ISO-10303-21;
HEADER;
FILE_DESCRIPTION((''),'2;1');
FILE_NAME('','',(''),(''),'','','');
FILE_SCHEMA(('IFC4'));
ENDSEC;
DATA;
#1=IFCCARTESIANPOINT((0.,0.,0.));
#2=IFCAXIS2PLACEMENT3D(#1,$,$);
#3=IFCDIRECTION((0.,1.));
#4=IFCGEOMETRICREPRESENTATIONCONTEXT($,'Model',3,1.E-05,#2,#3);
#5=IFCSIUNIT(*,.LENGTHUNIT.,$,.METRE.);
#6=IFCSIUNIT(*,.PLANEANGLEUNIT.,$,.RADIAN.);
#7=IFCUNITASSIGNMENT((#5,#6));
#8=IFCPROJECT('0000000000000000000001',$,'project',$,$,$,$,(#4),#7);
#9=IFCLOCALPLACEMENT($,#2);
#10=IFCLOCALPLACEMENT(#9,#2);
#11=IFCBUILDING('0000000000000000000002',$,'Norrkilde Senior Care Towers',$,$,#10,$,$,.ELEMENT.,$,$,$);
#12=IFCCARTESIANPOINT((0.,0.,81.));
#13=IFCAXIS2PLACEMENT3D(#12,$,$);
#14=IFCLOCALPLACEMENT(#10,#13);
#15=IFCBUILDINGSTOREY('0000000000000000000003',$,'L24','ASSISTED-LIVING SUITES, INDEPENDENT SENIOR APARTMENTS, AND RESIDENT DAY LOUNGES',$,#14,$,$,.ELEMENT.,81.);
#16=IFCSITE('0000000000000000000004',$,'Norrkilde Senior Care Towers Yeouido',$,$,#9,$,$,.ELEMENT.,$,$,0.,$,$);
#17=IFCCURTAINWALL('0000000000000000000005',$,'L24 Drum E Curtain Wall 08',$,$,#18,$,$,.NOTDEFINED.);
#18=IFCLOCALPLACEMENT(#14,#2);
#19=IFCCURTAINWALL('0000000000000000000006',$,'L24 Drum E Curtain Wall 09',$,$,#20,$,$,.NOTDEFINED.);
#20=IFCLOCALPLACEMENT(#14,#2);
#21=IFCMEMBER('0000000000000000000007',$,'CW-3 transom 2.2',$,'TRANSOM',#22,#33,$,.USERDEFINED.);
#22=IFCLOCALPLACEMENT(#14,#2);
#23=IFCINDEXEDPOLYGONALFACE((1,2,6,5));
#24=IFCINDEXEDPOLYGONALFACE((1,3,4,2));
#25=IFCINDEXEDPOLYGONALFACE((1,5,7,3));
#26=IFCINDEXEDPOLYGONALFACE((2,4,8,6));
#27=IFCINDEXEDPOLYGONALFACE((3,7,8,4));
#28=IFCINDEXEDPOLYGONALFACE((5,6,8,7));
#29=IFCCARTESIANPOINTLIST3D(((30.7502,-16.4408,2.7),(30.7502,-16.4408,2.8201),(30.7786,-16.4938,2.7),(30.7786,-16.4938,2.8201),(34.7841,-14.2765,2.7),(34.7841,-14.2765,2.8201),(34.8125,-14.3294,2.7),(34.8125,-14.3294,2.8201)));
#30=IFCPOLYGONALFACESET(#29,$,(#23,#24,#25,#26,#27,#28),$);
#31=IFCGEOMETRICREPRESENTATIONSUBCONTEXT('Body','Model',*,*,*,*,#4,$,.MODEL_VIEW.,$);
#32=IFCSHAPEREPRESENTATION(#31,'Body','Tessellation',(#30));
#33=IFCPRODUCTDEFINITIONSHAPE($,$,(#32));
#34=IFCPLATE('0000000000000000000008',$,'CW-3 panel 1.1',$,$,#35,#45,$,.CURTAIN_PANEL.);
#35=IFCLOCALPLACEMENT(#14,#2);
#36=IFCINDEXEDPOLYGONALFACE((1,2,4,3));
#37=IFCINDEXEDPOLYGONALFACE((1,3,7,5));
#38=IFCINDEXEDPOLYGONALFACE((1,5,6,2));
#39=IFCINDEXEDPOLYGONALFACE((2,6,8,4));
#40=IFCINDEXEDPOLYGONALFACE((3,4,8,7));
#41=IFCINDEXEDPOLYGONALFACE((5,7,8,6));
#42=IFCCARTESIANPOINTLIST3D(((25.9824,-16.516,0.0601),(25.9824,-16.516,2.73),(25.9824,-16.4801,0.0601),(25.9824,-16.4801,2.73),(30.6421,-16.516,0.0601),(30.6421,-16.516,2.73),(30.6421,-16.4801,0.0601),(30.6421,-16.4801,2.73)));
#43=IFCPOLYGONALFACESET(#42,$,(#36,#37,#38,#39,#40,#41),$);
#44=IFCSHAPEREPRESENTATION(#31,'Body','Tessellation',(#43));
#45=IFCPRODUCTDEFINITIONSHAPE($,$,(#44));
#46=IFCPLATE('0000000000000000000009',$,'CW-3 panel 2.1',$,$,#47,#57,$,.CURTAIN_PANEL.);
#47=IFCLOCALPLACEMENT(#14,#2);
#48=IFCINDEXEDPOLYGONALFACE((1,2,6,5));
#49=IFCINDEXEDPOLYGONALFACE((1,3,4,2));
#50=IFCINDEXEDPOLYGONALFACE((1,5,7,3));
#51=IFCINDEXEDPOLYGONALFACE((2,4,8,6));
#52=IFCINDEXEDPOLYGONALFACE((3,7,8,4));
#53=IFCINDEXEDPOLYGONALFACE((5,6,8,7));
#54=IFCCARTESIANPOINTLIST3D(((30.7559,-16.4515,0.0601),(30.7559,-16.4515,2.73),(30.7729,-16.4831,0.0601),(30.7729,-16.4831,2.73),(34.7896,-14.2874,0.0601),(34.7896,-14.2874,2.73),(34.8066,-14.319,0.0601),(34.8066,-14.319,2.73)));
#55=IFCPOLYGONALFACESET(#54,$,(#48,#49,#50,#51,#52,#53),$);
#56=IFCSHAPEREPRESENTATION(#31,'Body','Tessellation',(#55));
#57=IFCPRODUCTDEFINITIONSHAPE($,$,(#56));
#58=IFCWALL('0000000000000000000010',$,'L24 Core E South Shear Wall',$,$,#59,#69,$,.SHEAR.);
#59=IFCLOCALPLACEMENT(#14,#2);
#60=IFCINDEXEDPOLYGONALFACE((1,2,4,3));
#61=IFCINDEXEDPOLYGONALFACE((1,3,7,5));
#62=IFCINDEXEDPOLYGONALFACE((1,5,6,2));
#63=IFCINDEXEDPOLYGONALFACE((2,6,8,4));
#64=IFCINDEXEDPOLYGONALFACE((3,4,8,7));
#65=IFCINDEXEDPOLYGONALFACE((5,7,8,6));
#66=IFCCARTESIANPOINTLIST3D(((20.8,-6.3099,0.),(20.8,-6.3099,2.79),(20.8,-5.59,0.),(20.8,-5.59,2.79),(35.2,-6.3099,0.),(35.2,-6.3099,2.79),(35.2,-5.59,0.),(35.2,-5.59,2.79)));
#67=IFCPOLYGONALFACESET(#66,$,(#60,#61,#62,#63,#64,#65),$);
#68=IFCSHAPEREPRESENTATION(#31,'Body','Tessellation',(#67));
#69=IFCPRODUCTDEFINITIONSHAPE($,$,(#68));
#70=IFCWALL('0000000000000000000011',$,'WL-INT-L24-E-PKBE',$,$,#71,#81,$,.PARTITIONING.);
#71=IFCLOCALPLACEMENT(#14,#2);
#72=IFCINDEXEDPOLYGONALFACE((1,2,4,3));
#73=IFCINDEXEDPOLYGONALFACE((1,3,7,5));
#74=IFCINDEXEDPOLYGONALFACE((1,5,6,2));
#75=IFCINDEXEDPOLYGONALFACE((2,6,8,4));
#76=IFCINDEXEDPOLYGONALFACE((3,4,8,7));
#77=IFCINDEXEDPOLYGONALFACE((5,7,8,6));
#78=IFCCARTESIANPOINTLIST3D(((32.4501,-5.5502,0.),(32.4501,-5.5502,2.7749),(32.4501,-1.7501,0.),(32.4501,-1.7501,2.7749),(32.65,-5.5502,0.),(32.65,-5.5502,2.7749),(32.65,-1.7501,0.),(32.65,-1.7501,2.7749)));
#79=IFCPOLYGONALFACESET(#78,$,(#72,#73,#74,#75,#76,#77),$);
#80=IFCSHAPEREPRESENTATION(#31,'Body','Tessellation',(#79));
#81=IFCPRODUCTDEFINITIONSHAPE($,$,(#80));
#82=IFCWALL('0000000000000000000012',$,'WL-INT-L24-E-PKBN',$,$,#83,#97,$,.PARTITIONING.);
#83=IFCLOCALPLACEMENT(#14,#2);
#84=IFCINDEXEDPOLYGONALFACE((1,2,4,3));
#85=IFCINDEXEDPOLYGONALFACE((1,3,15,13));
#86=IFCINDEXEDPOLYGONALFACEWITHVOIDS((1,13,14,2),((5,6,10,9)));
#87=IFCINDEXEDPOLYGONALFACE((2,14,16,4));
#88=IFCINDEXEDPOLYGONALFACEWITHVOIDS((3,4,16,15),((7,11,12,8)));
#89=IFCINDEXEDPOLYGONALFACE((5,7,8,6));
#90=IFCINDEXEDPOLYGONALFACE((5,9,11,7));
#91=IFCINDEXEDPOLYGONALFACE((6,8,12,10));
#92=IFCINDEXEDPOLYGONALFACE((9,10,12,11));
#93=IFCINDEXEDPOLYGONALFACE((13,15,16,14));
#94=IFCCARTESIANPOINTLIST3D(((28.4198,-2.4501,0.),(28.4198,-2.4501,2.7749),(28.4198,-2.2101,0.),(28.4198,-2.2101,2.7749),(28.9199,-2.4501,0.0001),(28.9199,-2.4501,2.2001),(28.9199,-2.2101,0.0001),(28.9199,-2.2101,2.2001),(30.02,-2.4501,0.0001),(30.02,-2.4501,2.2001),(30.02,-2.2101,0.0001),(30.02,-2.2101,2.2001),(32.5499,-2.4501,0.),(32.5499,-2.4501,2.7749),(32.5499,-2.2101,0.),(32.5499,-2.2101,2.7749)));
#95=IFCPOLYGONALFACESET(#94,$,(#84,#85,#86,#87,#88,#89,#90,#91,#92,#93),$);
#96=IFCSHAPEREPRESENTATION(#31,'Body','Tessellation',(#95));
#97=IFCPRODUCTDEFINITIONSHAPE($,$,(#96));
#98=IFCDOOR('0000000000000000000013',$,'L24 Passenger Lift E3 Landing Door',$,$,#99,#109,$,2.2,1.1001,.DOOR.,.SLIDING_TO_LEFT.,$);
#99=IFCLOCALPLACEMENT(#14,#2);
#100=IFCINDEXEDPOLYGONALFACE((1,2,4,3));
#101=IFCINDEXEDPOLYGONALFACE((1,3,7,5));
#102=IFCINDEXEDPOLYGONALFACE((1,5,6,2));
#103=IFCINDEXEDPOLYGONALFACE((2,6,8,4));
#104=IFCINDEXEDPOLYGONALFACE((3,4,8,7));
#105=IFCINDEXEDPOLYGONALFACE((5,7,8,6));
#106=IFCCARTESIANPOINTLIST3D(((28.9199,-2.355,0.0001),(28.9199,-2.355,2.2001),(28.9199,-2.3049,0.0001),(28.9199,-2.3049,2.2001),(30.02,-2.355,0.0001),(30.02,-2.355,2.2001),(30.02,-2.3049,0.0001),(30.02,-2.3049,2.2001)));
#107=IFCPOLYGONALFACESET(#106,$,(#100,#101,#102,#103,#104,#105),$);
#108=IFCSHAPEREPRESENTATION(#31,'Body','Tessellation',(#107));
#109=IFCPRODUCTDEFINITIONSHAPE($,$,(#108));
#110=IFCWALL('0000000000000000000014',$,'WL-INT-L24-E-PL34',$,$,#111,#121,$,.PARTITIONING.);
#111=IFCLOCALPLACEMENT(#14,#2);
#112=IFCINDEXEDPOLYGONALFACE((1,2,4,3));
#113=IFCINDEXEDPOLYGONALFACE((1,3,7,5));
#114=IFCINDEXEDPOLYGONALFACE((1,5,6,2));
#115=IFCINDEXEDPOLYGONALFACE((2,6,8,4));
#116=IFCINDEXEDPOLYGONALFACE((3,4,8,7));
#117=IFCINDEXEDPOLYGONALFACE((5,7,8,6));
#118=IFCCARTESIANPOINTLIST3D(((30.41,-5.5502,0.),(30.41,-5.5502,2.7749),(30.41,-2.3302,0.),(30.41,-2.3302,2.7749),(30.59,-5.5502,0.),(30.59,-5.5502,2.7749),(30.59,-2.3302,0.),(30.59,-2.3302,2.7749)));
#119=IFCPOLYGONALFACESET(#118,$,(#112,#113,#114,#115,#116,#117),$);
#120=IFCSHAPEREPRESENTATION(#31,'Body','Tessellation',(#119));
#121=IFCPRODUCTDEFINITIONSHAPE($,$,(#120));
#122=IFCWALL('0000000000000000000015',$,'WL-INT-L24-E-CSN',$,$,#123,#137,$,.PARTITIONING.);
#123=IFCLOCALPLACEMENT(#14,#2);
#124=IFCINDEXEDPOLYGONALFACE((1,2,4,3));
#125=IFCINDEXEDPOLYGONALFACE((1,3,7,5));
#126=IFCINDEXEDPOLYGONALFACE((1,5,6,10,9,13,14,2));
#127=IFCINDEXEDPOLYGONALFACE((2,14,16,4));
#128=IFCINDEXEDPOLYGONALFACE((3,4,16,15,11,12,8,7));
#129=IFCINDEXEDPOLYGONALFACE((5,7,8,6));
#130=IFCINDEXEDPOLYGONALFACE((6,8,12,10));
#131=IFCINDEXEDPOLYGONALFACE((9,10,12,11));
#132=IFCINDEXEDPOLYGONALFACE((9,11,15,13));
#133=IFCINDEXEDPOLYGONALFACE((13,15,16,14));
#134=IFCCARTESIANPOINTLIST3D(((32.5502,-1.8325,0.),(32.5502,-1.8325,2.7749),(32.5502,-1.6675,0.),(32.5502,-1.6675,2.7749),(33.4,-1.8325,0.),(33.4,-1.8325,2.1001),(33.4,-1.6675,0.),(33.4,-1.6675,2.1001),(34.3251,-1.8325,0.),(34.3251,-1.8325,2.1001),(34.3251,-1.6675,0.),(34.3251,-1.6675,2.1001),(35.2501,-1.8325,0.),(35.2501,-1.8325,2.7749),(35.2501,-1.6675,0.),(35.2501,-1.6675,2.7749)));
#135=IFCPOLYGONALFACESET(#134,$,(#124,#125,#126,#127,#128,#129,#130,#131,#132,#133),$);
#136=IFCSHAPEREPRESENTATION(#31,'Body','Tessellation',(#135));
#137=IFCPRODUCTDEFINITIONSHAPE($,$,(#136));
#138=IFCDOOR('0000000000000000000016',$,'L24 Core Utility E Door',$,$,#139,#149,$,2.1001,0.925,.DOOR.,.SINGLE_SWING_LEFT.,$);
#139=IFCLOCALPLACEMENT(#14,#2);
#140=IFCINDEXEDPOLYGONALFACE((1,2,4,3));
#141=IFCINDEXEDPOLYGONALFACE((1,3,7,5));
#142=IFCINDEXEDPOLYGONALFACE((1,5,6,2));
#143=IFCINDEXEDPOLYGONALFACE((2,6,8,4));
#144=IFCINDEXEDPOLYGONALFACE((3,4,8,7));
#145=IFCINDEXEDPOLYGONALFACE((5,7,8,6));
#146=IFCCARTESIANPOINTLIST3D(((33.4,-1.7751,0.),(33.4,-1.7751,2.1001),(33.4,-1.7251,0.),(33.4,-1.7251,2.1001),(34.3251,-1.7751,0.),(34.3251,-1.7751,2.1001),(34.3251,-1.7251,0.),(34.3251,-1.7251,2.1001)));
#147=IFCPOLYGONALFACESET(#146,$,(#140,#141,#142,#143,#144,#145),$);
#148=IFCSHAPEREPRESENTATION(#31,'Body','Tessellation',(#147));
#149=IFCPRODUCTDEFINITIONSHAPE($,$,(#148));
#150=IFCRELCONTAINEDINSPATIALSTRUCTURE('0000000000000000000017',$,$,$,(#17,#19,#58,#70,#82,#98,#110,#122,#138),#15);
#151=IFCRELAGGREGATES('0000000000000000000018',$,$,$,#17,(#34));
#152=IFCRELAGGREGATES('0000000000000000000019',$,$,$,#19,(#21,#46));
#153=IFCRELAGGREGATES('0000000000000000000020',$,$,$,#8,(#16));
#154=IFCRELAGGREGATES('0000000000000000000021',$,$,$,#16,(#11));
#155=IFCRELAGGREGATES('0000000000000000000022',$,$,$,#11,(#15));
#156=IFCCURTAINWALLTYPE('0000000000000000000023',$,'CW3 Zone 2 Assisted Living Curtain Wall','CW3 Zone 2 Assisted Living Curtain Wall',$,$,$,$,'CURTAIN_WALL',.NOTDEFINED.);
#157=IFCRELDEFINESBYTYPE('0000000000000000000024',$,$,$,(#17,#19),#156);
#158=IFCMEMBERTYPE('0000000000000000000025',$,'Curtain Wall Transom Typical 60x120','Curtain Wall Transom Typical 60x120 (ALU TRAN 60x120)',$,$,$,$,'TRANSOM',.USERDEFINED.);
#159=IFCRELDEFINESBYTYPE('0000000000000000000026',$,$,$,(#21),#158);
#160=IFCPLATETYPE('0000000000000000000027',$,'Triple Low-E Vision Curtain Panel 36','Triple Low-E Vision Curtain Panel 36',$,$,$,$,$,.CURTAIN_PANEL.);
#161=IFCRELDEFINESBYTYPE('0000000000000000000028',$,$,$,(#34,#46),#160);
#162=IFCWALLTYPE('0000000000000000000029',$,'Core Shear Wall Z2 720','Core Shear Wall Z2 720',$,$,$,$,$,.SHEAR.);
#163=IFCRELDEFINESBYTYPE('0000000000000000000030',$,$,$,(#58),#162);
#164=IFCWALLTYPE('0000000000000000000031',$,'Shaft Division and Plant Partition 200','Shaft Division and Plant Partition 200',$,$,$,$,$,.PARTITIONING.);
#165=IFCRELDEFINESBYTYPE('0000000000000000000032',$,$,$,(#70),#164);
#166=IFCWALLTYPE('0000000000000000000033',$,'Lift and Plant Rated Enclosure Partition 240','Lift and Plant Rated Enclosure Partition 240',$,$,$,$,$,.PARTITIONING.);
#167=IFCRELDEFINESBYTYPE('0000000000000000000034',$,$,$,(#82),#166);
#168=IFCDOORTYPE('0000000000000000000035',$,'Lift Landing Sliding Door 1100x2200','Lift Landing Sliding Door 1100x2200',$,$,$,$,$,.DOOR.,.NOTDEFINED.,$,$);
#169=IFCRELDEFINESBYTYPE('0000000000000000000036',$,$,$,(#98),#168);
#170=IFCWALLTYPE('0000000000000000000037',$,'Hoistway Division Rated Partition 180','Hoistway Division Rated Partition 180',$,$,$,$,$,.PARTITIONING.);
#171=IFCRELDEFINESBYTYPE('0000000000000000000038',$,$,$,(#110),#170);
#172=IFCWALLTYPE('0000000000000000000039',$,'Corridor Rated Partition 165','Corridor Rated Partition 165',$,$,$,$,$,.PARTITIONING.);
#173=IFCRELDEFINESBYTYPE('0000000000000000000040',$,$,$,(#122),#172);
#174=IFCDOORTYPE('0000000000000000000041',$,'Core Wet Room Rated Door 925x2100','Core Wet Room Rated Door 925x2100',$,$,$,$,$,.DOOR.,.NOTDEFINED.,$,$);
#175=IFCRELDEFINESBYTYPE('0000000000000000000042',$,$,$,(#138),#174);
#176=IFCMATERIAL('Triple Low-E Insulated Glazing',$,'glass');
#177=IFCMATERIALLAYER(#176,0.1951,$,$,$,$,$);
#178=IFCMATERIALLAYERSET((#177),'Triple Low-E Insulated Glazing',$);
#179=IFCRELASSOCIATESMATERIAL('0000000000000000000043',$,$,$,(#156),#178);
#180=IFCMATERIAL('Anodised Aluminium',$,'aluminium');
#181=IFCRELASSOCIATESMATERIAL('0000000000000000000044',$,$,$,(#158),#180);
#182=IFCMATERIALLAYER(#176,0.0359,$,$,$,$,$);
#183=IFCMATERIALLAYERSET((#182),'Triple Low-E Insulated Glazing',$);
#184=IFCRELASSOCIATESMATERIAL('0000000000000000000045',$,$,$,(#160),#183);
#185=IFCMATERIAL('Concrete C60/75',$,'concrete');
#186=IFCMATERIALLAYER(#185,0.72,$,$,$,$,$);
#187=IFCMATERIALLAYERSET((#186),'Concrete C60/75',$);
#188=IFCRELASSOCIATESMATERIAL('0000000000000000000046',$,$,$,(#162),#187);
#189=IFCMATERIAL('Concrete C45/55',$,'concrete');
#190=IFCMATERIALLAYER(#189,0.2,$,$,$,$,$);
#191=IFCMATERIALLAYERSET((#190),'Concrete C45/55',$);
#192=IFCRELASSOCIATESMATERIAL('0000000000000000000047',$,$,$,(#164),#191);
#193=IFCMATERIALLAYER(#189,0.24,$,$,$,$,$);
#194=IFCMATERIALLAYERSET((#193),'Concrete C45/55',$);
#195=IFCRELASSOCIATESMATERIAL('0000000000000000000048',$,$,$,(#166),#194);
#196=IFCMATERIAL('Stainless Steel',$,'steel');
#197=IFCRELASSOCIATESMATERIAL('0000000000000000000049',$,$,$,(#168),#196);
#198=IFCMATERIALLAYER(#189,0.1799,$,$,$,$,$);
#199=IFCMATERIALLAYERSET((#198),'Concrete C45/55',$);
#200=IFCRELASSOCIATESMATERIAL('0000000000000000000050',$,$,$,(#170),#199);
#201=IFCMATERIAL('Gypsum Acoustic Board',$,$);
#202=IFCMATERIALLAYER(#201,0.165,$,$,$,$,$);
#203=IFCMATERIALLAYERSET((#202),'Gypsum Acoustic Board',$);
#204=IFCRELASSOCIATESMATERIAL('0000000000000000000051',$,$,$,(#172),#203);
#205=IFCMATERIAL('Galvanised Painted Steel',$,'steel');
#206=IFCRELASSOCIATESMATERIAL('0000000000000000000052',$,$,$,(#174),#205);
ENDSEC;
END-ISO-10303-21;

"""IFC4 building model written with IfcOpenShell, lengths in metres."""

from ifc_helpers import new_model, si_unit, direction, frame, frame_2d, origin, origin_2d, place, context, subcontext, project, spatial, rectangle, extrude, source, transform, mapped, material, layer, layer_set, material_profile, profile_set, type_object, type_shapes, element, fill, aggregate, save


model = new_model("IFC4")

# Units and contexts
model_context = context("Model", 3, precision=1e-05, world=origin(), true_north=direction((0.0, 1.0)))
body_context = subcontext(model_context, "Body", "Model", "MODEL_VIEW")
ifc_project = project(units=[si_unit("LENGTHUNIT", "METRE"), si_unit("PLANEANGLEUNIT", "RADIAN")], contexts=[model_context])

# Site, building, storey
site_placement = place(None, origin())
site = spatial("IfcSite", under=ifc_project, at=site_placement, Name="Norrkilde Senior Care Towers Yeouido", CompositionType="ELEMENT", RefElevation=0.0)
building_placement = place(site_placement, origin())
building = spatial("IfcBuilding", under=site, at=building_placement, Name="Norrkilde Senior Care Towers", CompositionType="ELEMENT")
storey_placement = place(building_placement, frame((0.0, 0.0, 81.0)))
storey = spatial("IfcBuildingStorey", under=building, at=storey_placement, Name="L24", Description="ASSISTED-LIVING SUITES, INDEPENDENT SENIOR APARTMENTS, AND RESIDENT DAY LOUNGES", CompositionType="ELEMENT", Elevation=81.0)

# Shared definitions
ifc_material_1 = material(Name="Concrete C60/75", Category="concrete")

# Curtain wall
ifc_material_2 = material(Name="Triple Low-E Insulated Glazing", Category="glass")
ifc_layer_1 = layer(ifc_material_2, 0.1951)
ifc_layer_set_1 = layer_set([ifc_layer_1], Name="Triple Low-E Insulated Glazing")
curtain_wall_type = type_object("IfcCurtainWallType", Name="CW3 Zone 2 Assisted Living Curtain Wall", Description="CW3 Zone 2 Assisted Living Curtain Wall", ElementType="CURTAIN_WALL", PredefinedType="NOTDEFINED", material=ifc_layer_set_1)
curtain_wall_1_placement = place(storey_placement, origin())
curtain_wall_1 = element("IfcCurtainWall", 1, at=curtain_wall_1_placement, inside=storey, type_object=curtain_wall_type, Name="L24 Drum E Curtain Wall 08", PredefinedType="NOTDEFINED")
ifc_material_3 = material(Name="Anodised Aluminium", Category="aluminium")

# Curtain wall
curtain_wall_2_placement = place(storey_placement, origin())
curtain_wall_2 = element("IfcCurtainWall", 2, at=curtain_wall_2_placement, inside=storey, type_object=curtain_wall_type, Name="L24 Drum E Curtain Wall 09", PredefinedType="NOTDEFINED")

# Member
ifc_material_profile_1 = material_profile(ifc_material_3, rectangle(XDim=0.0601, YDim=0.1201, at=origin_2d()), Name="ALU TRAN 60x120")
ifc_profile_set_1 = profile_set([ifc_material_profile_1], Name="Anodised Aluminium")
member_type_1 = type_object("IfcMemberType", Name="Curtain Wall Transom Typical 60x120", Description="Curtain Wall Transom Typical 60x120 (ALU TRAN 60x120)", ElementType="TRANSOM", PredefinedType="USERDEFINED", material=ifc_profile_set_1)
shared_shape_1 = source(origin(), body_context, "Body", "SweptSolid", [
    extrude(rectangle(XDim=0.0601, YDim=0.1201, at=origin_2d()), origin(), (0.0, 0.0, 1.0), 4.5779),
])
member_1_placement = place(storey_placement, frame((34.7983, -14.303, 2.76), z_axis=(-0.881182, -0.472776, 0.0), x_axis=(0.472776, -0.881182, 0.0)))
member_1 = element("IfcMember", 3, at=member_1_placement, type_object=member_type_1, Name="CW-3 transom 2.2", ObjectType="TRANSOM", PredefinedType="USERDEFINED", context=body_context, shape_type="MappedRepresentation", body=[
    mapped(shared_shape_1, transform((0.0, 0.0, 0.0), x_axis=(1.0, 0.0, 0.0), y_axis=(0.0, 1.0, 0.0), z_axis=(0.0, 0.0, 1.0), scale=1.0)),
])

# Plates
ifc_layer_2 = layer(ifc_material_2, 0.0359)
ifc_layer_set_2 = layer_set([ifc_layer_2], Name="Triple Low-E Insulated Glazing")
plate_type = type_object("IfcPlateType", Name="Triple Low-E Vision Curtain Panel 36", Description="Triple Low-E Vision Curtain Panel 36", PredefinedType="CURTAIN_PANEL", material=ifc_layer_set_2)
shared_shape_2 = source(origin(), body_context, "Body", "SweptSolid", [
    extrude(rectangle(XDim=4.6597, YDim=0.0359, at=origin_2d()), origin(), (0.0, 0.0, 1.0), 2.6699),
])
plate_1_placement = place(storey_placement, frame((28.3123, -16.498, 0.0601), z_axis=(0.0, 0.0, 1.0), x_axis=(-1.0, 0.0, 0.0)))
plate_1 = element("IfcPlate", 4, at=plate_1_placement, type_object=plate_type, Name="CW-3 panel 1.1", PredefinedType="CURTAIN_PANEL", context=body_context, shape_type="MappedRepresentation", body=[
    mapped(shared_shape_2, transform((0.0, 0.0, 0.0), x_axis=(1.0, 0.0, 0.0), y_axis=(0.0, 1.0, 0.0), z_axis=(0.0, 0.0, 1.0), scale=1.0)),
])
aggregate(curtain_wall_1, [plate_1])
shared_shape_3 = source(origin(), body_context, "Body", "SweptSolid", [
    extrude(rectangle(XDim=4.5776, YDim=0.0359, at=origin_2d()), origin(), (0.0, 0.0, 1.0), 2.6699),
])
type_shapes(plate_type, [shared_shape_2, shared_shape_3])
plate_2_placement = place(storey_placement, frame((32.7812, -15.3853, 0.0601), z_axis=(0.0, 0.0, 1.0), x_axis=(-0.881186, -0.472769, 0.0)))
plate_2 = element("IfcPlate", 5, at=plate_2_placement, type_object=plate_type, Name="CW-3 panel 2.1", PredefinedType="CURTAIN_PANEL", context=body_context, shape_type="MappedRepresentation", body=[
    mapped(shared_shape_3, transform((0.0, 0.0, 0.0), x_axis=(1.0, 0.0, 0.0), y_axis=(0.0, 1.0, 0.0), z_axis=(0.0, 0.0, 1.0), scale=1.0)),
])
aggregate(curtain_wall_2, [member_1, plate_2])

# Walls
ifc_layer_3 = layer(ifc_material_1, 0.72)
ifc_layer_set_3 = layer_set([ifc_layer_3], Name="Concrete C60/75")
wall_type_1 = type_object("IfcWallType", Name="Core Shear Wall Z2 720", Description="Core Shear Wall Z2 720", PredefinedType="SHEAR", material=ifc_layer_set_3)
shared_shape_4 = source(origin(), body_context, "Body", "SweptSolid", [
    extrude(rectangle(XDim=14.3999, YDim=0.72, at=frame_2d((7.2, 0.0))), origin(), (0.0, 0.0, 1.0), 2.79),
])
type_shapes(wall_type_1, [shared_shape_4])
wall_1_placement = place(storey_placement, frame((35.2, -5.95, 0.0), z_axis=(0.0, 0.0, 1.0), x_axis=(-1.0, 0.0, 0.0)))
element("IfcWall", 6, at=wall_1_placement, inside=storey, type_object=wall_type_1, Name="L24 Core E South Shear Wall", PredefinedType="SHEAR", context=body_context, shape_type="MappedRepresentation", body=[
    mapped(shared_shape_4, transform((0.0, 0.0, 0.0), x_axis=(1.0, 0.0, 0.0), y_axis=(0.0, 1.0, 0.0), z_axis=(0.0, 0.0, 1.0), scale=1.0)),
])
ifc_material_4 = material(Name="Concrete C45/55", Category="concrete")
ifc_layer_4 = layer(ifc_material_4, 0.2)
ifc_layer_set_4 = layer_set([ifc_layer_4], Name="Concrete C45/55")
wall_type_2 = type_object("IfcWallType", Name="Shaft Division and Plant Partition 200", Description="Shaft Division and Plant Partition 200", PredefinedType="PARTITIONING", material=ifc_layer_set_4)
shared_shape_5 = source(origin(), body_context, "Body", "SweptSolid", [
    extrude(rectangle(XDim=3.8, YDim=0.2, at=frame_2d((1.8999, 0.0))), origin(), (0.0, 0.0, 1.0), 2.7749),
])
type_shapes(wall_type_2, [shared_shape_5])
wall_2_placement = place(storey_placement, frame((32.55, -5.55, 0.0), z_axis=(0.0, 0.0, 1.0), x_axis=(0.0, 1.0, 0.0)))
element("IfcWall", 7, at=wall_2_placement, inside=storey, type_object=wall_type_2, Name="WL-INT-L24-E-PKBE", PredefinedType="PARTITIONING", context=body_context, shape_type="MappedRepresentation", body=[
    mapped(shared_shape_5, transform((0.0, 0.0, 0.0), x_axis=(1.0, 0.0, 0.0), y_axis=(0.0, 1.0, 0.0), z_axis=(0.0, 0.0, 1.0), scale=1.0)),
])

# Wall, opening, door
ifc_layer_5 = layer(ifc_material_4, 0.24)
ifc_layer_set_5 = layer_set([ifc_layer_5], Name="Concrete C45/55")
wall_type_3 = type_object("IfcWallType", Name="Lift and Plant Rated Enclosure Partition 240", Description="Lift and Plant Rated Enclosure Partition 240", PredefinedType="PARTITIONING", material=ifc_layer_set_5)
shared_shape_6 = source(origin(), body_context, "Body", "SweptSolid", [
    extrude(rectangle(XDim=4.1301, YDim=0.24, at=frame_2d((2.0649, 0.0))), origin(), (0.0, 0.0, 1.0), 2.7749),
])
type_shapes(wall_type_3, [shared_shape_6])
wall_3_placement = place(storey_placement, frame((28.4199, -2.3301, 0.0), z_axis=(0.0, 0.0, 1.0), x_axis=(1.0, 0.0, 0.0)))
wall_3 = element("IfcWall", 8, at=wall_3_placement, inside=storey, type_object=wall_type_3, Name="WL-INT-L24-E-PKBN", PredefinedType="PARTITIONING", context=body_context, shape_type="MappedRepresentation", body=[
    mapped(shared_shape_6, transform((0.0, 0.0, 0.0), x_axis=(1.0, 0.0, 0.0), y_axis=(0.0, 1.0, 0.0), z_axis=(0.0, 0.0, 1.0), scale=1.0)),
])
opening_1_placement = place(wall_3_placement, frame((0.5, 0.0, 0.0)))
opening_1 = element("IfcOpeningElement", 9, at=opening_1_placement, cuts=wall_3, PredefinedType="OPENING", context=body_context, shape_type="SweptSolid", body=[
    extrude(rectangle(XDim=1.1001, YDim=2.2, at=frame_2d((0.55, 1.1001))), frame((0.0, 0.1299, 0.0), z_axis=(0.0, -1.0, 0.0), x_axis=(1.0, 0.0, 0.0)), (0.0, 0.0, 1.0), 0.26),
])
ifc_material_5 = material(Name="Stainless Steel", Category="steel")
door_type_1 = type_object("IfcDoorType", Name="Lift Landing Sliding Door 1100x2200", Description="Lift Landing Sliding Door 1100x2200", OperationType="NOTDEFINED", PredefinedType="DOOR", material=ifc_material_5)
shared_shape_7 = source(origin(), body_context, "Body", "SweptSolid", [
    extrude(rectangle(XDim=1.1001, YDim=2.2, at=frame_2d((0.55, 1.1001))), frame((0.0, 0.0249, 0.0), z_axis=(0.0, -1.0, 0.0), x_axis=(1.0, 0.0, 0.0)), (0.0, 0.0, 1.0), 0.05),
])
type_shapes(door_type_1, [shared_shape_7])
door_1_placement = place(opening_1_placement, frame((1.1001, 0.0, 0.0), z_axis=(0.0, 0.0, 1.0), x_axis=(-1.0, 0.0, 0.0)))
door_1 = element("IfcDoor", 10, at=door_1_placement, inside=storey, type_object=door_type_1, Name="L24 Passenger Lift E3 Landing Door", OperationType="SLIDING_TO_LEFT", OverallHeight=2.2, OverallWidth=1.1001, PredefinedType="DOOR", context=body_context, shape_type="MappedRepresentation", body=[
    mapped(shared_shape_7, transform((0.0, 0.0, 0.0), x_axis=(1.0, 0.0, 0.0), y_axis=(0.0, 1.0, 0.0), z_axis=(0.0, 0.0, 1.0), scale=1.0)),
])
fill(opening_1, door_1)

# Wall
ifc_layer_6 = layer(ifc_material_4, 0.1799)
ifc_layer_set_6 = layer_set([ifc_layer_6], Name="Concrete C45/55")
wall_type_4 = type_object("IfcWallType", Name="Hoistway Division Rated Partition 180", Description="Hoistway Division Rated Partition 180", PredefinedType="PARTITIONING", material=ifc_layer_set_6)
shared_shape_8 = source(origin(), body_context, "Body", "SweptSolid", [
    extrude(rectangle(XDim=3.22, YDim=0.1799, at=frame_2d((1.6099, 0.0))), origin(), (0.0, 0.0, 1.0), 2.7749),
])
type_shapes(wall_type_4, [shared_shape_8])
wall_4_placement = place(storey_placement, frame((30.5, -5.55, 0.0), z_axis=(0.0, 0.0, 1.0), x_axis=(0.0, 1.0, 0.0)))
element("IfcWall", 11, at=wall_4_placement, inside=storey, type_object=wall_type_4, Name="WL-INT-L24-E-PL34", PredefinedType="PARTITIONING", context=body_context, shape_type="MappedRepresentation", body=[
    mapped(shared_shape_8, transform((0.0, 0.0, 0.0), x_axis=(1.0, 0.0, 0.0), y_axis=(0.0, 1.0, 0.0), z_axis=(0.0, 0.0, 1.0), scale=1.0)),
])

# Wall, opening, door
ifc_material_6 = material(Name="Gypsum Acoustic Board")
ifc_layer_7 = layer(ifc_material_6, 0.165)
ifc_layer_set_7 = layer_set([ifc_layer_7], Name="Gypsum Acoustic Board")
wall_type_5 = type_object("IfcWallType", Name="Corridor Rated Partition 165", Description="Corridor Rated Partition 165", PredefinedType="PARTITIONING", material=ifc_layer_set_7)
shared_shape_9 = source(origin(), body_context, "Body", "SweptSolid", [
    extrude(rectangle(XDim=2.7, YDim=0.165, at=frame_2d((1.3501, 0.0))), origin(), (0.0, 0.0, 1.0), 2.7749),
])
wall_5_placement = place(storey_placement, frame((32.55, -1.75, 0.0), z_axis=(0.0, 0.0, 1.0), x_axis=(1.0, 0.0, 0.0)))
wall_5 = element("IfcWall", 12, at=wall_5_placement, inside=storey, type_object=wall_type_5, Name="WL-INT-L24-E-CSN", PredefinedType="PARTITIONING", context=body_context, shape_type="MappedRepresentation", body=[
    mapped(shared_shape_9, transform((0.0, 0.0, 0.0), x_axis=(1.0, 0.0, 0.0), y_axis=(0.0, 1.0, 0.0), z_axis=(0.0, 0.0, 1.0), scale=1.0)),
])
opening_2_placement = place(wall_5_placement, frame((0.8501, 0.0, 0.0)))
opening_2 = element("IfcOpeningElement", 13, at=opening_2_placement, cuts=wall_5, PredefinedType="OPENING", context=body_context, shape_type="SweptSolid", body=[
    extrude(rectangle(XDim=0.925, YDim=2.1001, at=frame_2d((0.4624, 1.05))), frame((0.0, 0.0925, 0.0), z_axis=(0.0, -1.0, 0.0), x_axis=(1.0, 0.0, 0.0)), (0.0, 0.0, 1.0), 0.1851),
])
ifc_material_7 = material(Name="Galvanised Painted Steel", Category="steel")
door_type_2 = type_object("IfcDoorType", Name="Core Wet Room Rated Door 925x2100", Description="Core Wet Room Rated Door 925x2100", OperationType="NOTDEFINED", PredefinedType="DOOR", material=ifc_material_7)
shared_shape_10 = source(origin(), body_context, "Body", "SweptSolid", [
    extrude(rectangle(XDim=0.925, YDim=2.1001, at=frame_2d((0.4624, 1.05))), frame((0.0, 0.0249, 0.0), z_axis=(0.0, -1.0, 0.0), x_axis=(1.0, 0.0, 0.0)), (0.0, 0.0, 1.0), 0.05),
])
type_shapes(door_type_2, [shared_shape_10])
door_2_placement = place(opening_2_placement, origin())
door_2 = element("IfcDoor", 14, at=door_2_placement, inside=storey, type_object=door_type_2, Name="L24 Core Utility E Door", OperationType="SINGLE_SWING_LEFT", OverallHeight=2.1001, OverallWidth=0.925, PredefinedType="DOOR", context=body_context, shape_type="MappedRepresentation", body=[
    mapped(shared_shape_10, transform((0.0, 0.0, 0.0), x_axis=(1.0, 0.0, 0.0), y_axis=(0.0, 1.0, 0.0), z_axis=(0.0, 0.0, 1.0), scale=1.0)),
])
fill(opening_2, door_2)

save(model, "model.ifc")
